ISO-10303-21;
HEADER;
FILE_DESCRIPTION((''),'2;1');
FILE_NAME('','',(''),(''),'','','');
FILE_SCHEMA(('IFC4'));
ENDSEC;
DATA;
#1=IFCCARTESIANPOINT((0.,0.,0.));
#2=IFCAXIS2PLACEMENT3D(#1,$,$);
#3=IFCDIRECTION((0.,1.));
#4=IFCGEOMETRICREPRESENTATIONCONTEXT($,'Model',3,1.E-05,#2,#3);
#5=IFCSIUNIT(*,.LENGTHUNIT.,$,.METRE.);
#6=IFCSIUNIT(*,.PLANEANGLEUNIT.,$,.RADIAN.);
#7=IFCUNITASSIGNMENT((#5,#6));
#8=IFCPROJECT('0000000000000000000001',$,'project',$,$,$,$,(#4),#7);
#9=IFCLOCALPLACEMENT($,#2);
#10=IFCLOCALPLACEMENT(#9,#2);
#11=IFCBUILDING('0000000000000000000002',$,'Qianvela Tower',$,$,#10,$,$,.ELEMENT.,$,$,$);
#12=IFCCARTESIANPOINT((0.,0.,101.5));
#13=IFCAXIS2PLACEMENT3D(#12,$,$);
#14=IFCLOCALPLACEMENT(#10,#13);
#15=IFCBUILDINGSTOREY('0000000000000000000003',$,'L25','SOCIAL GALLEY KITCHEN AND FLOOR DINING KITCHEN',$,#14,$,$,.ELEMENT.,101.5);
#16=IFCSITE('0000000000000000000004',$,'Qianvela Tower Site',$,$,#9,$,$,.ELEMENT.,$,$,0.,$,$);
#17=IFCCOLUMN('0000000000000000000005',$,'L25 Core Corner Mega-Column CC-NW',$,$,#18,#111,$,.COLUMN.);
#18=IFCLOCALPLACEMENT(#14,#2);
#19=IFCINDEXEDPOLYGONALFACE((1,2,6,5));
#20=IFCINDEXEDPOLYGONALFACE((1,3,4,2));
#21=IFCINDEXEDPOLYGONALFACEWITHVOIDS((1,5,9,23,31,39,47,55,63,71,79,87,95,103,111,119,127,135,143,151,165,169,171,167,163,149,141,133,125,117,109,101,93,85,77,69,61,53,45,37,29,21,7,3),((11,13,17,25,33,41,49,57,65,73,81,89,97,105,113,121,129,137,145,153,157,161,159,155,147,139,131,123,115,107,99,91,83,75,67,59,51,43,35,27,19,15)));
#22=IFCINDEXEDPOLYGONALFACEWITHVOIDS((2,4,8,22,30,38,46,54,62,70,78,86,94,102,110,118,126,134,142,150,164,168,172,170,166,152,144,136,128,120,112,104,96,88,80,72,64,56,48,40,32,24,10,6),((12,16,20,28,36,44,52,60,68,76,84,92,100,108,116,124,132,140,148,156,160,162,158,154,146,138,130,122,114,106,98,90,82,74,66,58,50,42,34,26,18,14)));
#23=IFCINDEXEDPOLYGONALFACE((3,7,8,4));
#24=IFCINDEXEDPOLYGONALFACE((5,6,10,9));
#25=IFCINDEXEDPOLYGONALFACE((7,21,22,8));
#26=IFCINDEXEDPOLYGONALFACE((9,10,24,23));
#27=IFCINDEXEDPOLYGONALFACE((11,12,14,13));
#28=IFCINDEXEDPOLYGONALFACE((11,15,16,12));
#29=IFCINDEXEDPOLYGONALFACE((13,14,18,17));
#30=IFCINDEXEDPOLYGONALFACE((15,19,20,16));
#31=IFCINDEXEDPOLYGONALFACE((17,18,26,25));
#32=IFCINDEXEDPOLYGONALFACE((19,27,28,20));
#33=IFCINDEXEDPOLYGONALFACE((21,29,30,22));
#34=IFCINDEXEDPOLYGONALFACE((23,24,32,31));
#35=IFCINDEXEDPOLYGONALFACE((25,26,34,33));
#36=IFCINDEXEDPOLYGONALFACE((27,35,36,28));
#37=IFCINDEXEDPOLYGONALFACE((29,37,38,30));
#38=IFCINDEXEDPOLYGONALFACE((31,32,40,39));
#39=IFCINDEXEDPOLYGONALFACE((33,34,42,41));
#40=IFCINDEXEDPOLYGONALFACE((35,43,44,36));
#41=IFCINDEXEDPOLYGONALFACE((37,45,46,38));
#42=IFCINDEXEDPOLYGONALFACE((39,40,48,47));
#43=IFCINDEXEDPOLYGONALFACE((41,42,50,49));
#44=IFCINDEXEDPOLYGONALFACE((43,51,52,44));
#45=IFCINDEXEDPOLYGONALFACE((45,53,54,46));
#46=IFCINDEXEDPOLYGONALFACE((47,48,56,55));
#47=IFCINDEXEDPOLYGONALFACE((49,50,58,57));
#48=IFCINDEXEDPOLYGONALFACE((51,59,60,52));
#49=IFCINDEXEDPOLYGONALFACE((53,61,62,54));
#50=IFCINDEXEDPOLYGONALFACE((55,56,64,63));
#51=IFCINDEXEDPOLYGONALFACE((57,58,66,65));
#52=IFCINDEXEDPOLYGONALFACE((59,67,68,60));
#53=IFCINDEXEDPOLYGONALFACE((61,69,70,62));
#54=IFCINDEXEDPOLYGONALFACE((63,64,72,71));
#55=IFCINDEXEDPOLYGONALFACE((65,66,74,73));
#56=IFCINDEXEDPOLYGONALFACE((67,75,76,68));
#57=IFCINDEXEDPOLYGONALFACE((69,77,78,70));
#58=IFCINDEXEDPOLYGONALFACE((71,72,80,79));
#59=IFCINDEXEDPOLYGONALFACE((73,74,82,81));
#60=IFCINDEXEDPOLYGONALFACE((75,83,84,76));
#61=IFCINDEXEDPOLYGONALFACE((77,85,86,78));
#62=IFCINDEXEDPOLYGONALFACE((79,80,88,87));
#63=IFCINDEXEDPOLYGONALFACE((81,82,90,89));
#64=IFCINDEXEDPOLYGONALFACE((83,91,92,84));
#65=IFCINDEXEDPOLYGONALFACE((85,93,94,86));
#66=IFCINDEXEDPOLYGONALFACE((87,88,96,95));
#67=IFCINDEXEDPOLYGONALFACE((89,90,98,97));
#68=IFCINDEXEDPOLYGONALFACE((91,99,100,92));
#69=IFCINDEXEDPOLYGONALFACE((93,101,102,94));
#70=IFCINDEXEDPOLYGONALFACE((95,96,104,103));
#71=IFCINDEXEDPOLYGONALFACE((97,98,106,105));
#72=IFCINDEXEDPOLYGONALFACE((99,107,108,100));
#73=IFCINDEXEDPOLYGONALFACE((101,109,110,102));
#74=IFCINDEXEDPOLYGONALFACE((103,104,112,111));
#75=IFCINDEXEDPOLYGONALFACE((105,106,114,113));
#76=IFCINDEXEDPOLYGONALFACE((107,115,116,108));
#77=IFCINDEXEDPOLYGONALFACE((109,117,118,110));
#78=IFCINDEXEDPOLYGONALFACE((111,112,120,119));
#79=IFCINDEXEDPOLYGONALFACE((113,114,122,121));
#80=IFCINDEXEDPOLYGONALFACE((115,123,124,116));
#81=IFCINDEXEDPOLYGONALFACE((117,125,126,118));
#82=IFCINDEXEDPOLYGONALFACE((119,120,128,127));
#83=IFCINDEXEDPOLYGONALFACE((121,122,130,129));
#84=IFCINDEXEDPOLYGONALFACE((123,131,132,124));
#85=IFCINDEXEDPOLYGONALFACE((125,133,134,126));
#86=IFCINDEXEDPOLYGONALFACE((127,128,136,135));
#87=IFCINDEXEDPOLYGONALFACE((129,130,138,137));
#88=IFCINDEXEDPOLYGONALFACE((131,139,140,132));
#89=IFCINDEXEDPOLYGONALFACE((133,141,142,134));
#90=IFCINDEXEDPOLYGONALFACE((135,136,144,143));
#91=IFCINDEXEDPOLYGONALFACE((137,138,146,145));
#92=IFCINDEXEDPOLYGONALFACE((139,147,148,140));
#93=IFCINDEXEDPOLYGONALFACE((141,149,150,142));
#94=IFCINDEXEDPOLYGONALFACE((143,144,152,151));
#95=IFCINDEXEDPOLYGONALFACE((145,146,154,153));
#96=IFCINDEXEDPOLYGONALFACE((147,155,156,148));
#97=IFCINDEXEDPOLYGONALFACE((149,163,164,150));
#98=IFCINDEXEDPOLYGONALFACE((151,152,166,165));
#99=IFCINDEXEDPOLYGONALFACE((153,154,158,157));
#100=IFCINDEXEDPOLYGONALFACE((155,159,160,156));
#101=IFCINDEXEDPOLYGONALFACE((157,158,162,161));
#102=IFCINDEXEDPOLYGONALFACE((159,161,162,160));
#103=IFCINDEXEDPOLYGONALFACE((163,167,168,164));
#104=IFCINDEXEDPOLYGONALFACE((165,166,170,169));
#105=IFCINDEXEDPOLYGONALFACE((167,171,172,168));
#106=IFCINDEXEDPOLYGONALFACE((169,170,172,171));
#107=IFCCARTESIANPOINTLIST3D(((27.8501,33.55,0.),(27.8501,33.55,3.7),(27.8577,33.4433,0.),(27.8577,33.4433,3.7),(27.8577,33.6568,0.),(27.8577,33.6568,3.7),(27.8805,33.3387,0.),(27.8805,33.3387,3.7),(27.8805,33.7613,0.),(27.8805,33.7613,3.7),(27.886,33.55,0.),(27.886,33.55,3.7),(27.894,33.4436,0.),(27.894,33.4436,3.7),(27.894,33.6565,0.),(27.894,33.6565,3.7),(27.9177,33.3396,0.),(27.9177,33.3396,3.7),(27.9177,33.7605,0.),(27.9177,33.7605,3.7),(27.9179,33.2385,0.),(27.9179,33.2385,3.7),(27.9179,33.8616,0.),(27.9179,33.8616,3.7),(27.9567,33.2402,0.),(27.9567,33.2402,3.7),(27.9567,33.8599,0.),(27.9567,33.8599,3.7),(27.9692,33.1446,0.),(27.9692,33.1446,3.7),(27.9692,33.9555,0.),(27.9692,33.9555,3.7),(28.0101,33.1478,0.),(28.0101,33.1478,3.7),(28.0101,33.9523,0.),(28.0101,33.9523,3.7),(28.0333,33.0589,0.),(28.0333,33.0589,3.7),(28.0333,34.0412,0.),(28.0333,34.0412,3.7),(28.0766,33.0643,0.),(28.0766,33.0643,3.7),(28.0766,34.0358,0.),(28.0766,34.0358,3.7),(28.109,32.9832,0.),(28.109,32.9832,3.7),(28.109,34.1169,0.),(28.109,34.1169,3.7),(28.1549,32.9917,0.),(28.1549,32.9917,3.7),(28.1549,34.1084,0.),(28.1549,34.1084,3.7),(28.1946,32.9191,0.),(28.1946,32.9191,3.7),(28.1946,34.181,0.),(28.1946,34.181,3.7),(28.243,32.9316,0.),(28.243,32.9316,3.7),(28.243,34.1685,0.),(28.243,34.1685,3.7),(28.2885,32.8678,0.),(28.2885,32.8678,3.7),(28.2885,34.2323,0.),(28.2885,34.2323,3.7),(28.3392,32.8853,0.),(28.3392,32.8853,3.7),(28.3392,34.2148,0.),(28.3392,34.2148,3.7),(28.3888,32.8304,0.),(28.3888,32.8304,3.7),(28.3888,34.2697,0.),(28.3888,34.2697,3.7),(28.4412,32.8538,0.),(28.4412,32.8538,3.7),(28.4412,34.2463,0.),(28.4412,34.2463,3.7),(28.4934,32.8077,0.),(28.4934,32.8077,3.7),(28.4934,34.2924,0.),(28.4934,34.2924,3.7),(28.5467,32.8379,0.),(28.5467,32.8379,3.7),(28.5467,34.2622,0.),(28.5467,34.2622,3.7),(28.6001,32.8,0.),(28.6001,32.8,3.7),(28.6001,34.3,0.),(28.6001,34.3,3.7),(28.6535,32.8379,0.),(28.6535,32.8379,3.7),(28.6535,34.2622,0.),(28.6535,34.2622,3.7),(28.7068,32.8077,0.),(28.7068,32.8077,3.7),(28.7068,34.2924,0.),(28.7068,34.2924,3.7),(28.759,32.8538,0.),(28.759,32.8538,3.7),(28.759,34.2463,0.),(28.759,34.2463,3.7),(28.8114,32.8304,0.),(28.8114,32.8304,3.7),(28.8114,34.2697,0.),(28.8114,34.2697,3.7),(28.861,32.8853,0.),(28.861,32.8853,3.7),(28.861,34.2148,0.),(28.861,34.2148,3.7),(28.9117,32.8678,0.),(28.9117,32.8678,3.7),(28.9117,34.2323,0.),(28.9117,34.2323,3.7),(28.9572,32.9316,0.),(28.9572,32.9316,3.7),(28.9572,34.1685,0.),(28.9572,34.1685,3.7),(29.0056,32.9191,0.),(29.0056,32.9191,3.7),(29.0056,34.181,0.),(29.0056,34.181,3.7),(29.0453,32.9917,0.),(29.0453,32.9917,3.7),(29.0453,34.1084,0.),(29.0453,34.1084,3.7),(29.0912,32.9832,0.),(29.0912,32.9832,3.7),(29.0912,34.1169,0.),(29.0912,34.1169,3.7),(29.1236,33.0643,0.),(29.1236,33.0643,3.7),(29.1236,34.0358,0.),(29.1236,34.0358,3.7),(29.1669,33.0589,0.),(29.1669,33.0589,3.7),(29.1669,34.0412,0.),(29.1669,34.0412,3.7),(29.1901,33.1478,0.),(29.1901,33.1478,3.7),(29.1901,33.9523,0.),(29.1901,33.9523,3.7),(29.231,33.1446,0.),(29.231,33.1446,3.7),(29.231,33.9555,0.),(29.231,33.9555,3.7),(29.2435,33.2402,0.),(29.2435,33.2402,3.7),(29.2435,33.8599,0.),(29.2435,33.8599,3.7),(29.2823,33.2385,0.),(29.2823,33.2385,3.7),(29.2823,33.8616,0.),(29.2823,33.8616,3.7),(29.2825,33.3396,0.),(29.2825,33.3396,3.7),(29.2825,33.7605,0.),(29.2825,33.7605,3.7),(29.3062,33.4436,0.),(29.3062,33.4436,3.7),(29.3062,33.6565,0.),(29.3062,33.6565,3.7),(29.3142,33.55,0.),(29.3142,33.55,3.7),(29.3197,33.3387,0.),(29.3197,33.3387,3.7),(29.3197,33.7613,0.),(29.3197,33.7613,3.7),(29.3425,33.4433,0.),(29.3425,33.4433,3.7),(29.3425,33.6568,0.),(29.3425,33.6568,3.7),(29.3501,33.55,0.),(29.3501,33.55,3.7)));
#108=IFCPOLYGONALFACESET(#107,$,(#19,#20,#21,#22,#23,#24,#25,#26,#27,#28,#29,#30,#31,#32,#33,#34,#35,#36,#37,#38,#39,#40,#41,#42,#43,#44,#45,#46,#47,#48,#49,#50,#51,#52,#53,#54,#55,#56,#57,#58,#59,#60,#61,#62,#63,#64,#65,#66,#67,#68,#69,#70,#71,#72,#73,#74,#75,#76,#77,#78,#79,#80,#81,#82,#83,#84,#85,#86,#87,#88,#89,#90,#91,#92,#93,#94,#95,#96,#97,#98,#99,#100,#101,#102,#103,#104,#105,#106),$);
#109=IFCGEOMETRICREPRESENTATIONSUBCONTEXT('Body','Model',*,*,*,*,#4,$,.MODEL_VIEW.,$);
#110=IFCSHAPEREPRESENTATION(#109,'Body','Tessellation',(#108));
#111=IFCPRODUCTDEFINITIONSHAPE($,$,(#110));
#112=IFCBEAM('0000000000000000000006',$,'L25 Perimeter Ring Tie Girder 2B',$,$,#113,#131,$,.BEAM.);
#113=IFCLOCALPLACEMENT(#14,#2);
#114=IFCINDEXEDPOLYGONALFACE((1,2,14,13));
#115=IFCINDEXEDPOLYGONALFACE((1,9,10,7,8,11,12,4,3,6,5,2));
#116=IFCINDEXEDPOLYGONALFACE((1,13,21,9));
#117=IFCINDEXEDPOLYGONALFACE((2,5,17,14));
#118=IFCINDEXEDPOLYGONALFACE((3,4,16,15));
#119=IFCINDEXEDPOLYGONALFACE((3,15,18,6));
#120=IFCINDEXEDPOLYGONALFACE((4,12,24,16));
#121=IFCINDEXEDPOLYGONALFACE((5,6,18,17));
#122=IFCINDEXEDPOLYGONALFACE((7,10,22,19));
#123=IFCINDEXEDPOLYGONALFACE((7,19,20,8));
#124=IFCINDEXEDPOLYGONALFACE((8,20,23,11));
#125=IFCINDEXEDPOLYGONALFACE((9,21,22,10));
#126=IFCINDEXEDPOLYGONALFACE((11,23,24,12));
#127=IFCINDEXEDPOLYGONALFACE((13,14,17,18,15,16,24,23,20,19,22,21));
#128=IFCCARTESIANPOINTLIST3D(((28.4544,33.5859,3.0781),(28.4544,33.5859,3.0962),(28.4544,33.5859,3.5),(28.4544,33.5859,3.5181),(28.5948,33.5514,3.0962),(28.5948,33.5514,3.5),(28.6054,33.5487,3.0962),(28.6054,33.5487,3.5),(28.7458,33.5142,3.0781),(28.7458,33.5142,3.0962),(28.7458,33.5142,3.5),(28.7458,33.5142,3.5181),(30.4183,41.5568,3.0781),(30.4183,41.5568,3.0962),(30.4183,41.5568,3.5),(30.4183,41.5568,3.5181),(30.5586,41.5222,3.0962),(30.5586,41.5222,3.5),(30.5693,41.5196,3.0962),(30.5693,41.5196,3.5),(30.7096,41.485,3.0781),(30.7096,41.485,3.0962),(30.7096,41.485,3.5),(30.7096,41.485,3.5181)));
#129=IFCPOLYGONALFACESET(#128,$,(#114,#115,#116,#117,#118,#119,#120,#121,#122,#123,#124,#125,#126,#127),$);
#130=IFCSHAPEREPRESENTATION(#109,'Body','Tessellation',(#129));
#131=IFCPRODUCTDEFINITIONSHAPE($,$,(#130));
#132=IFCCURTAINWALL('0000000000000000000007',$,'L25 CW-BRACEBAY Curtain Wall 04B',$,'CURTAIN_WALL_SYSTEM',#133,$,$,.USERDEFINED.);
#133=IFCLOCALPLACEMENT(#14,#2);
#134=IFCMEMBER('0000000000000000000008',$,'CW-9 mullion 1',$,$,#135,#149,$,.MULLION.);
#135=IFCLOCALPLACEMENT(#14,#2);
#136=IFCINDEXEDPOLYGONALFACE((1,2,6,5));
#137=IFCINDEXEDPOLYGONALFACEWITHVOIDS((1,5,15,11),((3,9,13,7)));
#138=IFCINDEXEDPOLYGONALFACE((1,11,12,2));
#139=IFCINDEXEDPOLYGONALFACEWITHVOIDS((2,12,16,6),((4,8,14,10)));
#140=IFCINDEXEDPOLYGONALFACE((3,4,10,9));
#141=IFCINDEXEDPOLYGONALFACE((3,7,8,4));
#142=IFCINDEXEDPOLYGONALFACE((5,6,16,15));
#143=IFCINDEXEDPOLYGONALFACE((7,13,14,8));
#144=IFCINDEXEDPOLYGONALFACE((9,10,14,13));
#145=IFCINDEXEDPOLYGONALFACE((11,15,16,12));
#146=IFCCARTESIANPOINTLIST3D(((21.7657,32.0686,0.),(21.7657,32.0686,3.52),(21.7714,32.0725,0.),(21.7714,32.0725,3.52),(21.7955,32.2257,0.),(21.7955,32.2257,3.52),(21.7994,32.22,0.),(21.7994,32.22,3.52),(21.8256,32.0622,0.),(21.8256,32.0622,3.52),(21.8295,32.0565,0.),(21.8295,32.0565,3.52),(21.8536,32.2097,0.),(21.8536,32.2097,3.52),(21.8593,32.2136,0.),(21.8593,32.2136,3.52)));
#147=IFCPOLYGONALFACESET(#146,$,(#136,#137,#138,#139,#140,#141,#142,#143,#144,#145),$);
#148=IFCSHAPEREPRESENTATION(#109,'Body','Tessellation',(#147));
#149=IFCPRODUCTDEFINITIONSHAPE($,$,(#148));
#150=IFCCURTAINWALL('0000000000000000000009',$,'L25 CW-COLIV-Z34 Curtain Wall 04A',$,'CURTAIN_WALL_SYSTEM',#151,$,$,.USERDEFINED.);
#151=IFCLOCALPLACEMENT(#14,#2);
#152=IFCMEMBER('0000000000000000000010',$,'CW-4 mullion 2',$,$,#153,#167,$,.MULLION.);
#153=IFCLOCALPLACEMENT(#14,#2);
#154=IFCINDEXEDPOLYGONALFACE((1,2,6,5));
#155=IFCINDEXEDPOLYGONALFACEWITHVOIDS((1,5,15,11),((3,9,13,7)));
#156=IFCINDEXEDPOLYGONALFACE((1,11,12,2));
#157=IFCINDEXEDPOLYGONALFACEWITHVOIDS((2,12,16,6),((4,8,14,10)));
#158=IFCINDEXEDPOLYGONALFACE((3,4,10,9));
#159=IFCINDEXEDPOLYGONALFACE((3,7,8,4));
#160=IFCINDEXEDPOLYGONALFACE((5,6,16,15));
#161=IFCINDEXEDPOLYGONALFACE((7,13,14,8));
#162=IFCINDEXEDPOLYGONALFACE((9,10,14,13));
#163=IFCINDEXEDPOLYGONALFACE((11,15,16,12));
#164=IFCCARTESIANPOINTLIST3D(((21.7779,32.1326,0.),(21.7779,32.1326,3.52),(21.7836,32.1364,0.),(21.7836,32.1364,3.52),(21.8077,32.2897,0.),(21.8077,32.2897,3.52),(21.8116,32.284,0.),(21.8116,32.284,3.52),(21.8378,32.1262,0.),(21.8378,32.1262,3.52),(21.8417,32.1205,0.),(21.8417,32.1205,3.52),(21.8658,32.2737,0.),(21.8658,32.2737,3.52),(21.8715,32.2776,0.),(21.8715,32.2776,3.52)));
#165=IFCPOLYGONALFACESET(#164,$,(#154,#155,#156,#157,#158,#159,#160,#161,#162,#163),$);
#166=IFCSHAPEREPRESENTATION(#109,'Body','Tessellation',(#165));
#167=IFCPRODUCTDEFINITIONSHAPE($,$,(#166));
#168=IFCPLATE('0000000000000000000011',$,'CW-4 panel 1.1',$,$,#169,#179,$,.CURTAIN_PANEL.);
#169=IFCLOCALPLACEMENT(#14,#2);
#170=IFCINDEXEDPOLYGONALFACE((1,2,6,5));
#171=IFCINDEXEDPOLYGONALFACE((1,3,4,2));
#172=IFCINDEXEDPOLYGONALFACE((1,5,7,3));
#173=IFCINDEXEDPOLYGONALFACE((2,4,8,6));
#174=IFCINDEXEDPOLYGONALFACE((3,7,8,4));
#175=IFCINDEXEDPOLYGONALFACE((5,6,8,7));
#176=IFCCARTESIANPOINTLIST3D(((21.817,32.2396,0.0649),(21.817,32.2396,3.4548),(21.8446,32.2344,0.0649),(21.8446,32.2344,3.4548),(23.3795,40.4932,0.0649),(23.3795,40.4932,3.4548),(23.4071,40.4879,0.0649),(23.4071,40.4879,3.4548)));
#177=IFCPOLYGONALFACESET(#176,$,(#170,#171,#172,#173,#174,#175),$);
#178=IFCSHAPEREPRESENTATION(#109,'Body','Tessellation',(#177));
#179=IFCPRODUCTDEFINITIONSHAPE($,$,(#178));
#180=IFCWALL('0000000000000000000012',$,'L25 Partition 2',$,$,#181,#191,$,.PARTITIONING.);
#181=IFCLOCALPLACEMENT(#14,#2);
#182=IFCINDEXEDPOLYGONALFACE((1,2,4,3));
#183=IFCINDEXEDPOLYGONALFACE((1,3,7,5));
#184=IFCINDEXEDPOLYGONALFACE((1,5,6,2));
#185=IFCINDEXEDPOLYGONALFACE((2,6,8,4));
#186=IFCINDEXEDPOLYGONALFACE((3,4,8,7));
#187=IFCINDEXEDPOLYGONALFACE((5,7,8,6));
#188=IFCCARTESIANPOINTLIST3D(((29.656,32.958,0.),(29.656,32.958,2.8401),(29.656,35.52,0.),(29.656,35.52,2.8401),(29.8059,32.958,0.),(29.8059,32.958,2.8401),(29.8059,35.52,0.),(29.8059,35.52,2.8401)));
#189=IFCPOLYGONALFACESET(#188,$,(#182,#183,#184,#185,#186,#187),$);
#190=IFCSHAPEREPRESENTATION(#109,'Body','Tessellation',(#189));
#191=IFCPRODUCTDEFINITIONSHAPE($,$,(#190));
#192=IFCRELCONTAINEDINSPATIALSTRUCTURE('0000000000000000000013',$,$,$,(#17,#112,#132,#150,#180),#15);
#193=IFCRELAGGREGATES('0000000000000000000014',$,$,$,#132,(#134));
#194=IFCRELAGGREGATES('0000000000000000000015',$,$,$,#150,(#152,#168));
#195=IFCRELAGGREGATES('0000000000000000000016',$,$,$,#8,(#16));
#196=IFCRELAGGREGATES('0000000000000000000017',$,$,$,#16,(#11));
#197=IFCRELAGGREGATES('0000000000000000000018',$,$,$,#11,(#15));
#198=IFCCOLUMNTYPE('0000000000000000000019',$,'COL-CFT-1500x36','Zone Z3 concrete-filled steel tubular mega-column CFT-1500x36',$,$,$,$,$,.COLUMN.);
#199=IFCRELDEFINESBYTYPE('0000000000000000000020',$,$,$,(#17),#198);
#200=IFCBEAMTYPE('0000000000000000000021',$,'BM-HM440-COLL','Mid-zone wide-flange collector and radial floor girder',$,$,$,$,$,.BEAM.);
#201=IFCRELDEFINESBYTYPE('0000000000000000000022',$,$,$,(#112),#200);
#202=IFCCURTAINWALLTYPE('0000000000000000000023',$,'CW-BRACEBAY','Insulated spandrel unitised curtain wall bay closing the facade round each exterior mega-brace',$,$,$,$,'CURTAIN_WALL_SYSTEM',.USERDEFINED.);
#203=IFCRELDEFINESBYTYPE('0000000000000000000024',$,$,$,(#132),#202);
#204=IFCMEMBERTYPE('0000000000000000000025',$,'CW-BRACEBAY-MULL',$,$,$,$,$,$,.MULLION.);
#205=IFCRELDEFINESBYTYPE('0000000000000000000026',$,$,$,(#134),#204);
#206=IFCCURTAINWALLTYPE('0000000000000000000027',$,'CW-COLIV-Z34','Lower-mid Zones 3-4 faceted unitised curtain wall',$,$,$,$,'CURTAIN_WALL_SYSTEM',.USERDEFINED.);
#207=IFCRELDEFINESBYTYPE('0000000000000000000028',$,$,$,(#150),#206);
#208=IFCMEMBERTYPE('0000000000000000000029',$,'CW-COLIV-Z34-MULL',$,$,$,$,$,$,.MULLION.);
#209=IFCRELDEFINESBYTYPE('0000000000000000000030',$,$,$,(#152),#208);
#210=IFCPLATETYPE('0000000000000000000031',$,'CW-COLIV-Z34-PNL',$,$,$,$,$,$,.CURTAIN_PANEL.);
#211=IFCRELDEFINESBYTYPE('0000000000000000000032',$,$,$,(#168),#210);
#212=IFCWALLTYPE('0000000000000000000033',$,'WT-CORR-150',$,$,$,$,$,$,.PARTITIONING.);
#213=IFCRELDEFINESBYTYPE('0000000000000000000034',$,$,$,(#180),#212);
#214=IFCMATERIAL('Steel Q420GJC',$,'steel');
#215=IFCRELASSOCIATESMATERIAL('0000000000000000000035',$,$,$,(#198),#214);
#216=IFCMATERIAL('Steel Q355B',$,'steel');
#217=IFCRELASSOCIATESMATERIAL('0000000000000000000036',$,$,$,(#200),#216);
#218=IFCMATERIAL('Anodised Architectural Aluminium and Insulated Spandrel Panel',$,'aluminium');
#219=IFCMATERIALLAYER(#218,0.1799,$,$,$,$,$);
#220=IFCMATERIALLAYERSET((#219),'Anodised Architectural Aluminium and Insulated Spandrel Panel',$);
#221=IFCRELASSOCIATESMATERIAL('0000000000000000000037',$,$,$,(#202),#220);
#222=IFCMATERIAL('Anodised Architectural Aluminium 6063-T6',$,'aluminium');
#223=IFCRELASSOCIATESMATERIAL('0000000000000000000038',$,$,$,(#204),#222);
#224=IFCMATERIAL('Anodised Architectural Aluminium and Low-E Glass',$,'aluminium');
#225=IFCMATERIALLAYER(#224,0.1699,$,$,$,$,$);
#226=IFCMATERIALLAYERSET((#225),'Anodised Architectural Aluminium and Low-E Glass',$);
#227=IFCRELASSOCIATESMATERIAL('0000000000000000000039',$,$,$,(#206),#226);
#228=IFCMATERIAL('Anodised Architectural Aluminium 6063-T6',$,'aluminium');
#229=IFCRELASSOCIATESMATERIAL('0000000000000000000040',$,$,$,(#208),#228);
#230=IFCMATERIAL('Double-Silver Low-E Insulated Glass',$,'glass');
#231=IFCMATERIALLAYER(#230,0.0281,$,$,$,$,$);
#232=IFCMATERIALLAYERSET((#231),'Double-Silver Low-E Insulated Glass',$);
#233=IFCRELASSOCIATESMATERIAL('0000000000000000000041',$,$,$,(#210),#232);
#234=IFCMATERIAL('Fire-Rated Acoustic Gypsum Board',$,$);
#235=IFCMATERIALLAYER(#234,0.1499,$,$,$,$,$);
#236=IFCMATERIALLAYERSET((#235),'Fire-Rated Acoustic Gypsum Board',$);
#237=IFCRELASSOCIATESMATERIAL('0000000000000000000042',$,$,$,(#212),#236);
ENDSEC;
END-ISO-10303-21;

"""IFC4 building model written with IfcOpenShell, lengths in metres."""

from ifc_helpers import new_model, si_unit, direction, frame, frame_2d, origin, origin_2d, place, context, subcontext, project, spatial, rectangle, hollow_rectangle, hollow_circle, i_section, extrude, material, layer, layer_set, material_profile, profile_set, type_object, element, aggregate, save


model = new_model("IFC4")

# Units and contexts
model_context = context("Model", 3, precision=1e-05, world=origin(), true_north=direction((0.0, 1.0)))
body_context = subcontext(model_context, "Body", "Model", "MODEL_VIEW")
ifc_project = project(units=[si_unit("LENGTHUNIT", "METRE"), si_unit("PLANEANGLEUNIT", "RADIAN")], contexts=[model_context])

# Site, building, storey
site_placement = place(None, origin())
site = spatial("IfcSite", under=ifc_project, at=site_placement, Name="Qianvela Tower Site", CompositionType="ELEMENT", RefElevation=0.0)
building_placement = place(site_placement, origin())
building = spatial("IfcBuilding", under=site, at=building_placement, Name="Qianvela Tower", CompositionType="ELEMENT")
storey_placement = place(building_placement, frame((0.0, 0.0, 101.5)))
storey = spatial("IfcBuildingStorey", under=building, at=storey_placement, Name="L25", Description="SOCIAL GALLEY KITCHEN AND FLOOR DINING KITCHEN", CompositionType="ELEMENT", Elevation=101.5)

# Column
ifc_material_1 = material(Name="Steel Q420GJC", Category="steel")
ifc_material_profile_1 = material_profile(ifc_material_1, hollow_circle(Radius=0.75, WallThickness=0.0359, at=origin_2d()), Name="CFT-1500x36")
ifc_profile_set_1 = profile_set([ifc_material_profile_1], Name="Steel Q420GJC")
column_type = type_object("IfcColumnType", Name="COL-CFT-1500x36", Description="Zone Z3 concrete-filled steel tubular mega-column CFT-1500x36", PredefinedType="COLUMN", material=ifc_profile_set_1)
column_placement = place(storey_placement, frame((28.6001, 33.55, 0.0), z_axis=(0.0, 0.0, 1.0), x_axis=(1.0, 0.0, 0.0)))
element("IfcColumn", 1, at=column_placement, inside=storey, type_object=column_type, Name="L25 Core Corner Mega-Column CC-NW", PredefinedType="COLUMN", context=body_context, shape_type="SweptSolid", body=[
    extrude(hollow_circle(Radius=0.75, WallThickness=0.0359, at=origin_2d()), origin(), (0.0, 0.0, 1.0), 3.7),
])

# Beam
ifc_material_2 = material(Name="Steel Q355B", Category="steel")
ifc_material_profile_2 = material_profile(ifc_material_2, i_section(OverallWidth=0.3, OverallDepth=0.4399, WebThickness=0.011, FlangeThickness=0.0181, at=origin_2d()), Name="HM440x300x11x18")
ifc_profile_set_2 = profile_set([ifc_material_profile_2], Name="Steel Q355B")
beam_type = type_object("IfcBeamType", Name="BM-HM440-COLL", Description="Mid-zone wide-flange collector and radial floor girder", PredefinedType="BEAM", material=ifc_profile_set_2)
beam_placement = place(storey_placement, frame((28.6001, 33.55, 3.2981), z_axis=(0.239224, 0.970964, 0.0), x_axis=(-0.970964, 0.239224, 0.0)))
element("IfcBeam", 2, at=beam_placement, inside=storey, type_object=beam_type, Name="L25 Perimeter Ring Tie Girder 2B", PredefinedType="BEAM", context=body_context, shape_type="SweptSolid", body=[
    extrude(i_section(OverallWidth=0.3, OverallDepth=0.4399, WebThickness=0.011, FlangeThickness=0.0181, at=origin_2d()), origin(), (0.0, 0.0, 1.0), 8.2092),
])

# Curtain wall, member
ifc_material_3 = material(Name="Anodised Architectural Aluminium and Insulated Spandrel Panel", Category="aluminium")
ifc_layer_1 = layer(ifc_material_3, 0.1799)
ifc_layer_set_1 = layer_set([ifc_layer_1], Name="Anodised Architectural Aluminium and Insulated Spandrel Panel")
curtain_wall_type_1 = type_object("IfcCurtainWallType", Name="CW-BRACEBAY", Description="Insulated spandrel unitised curtain wall bay closing the facade round each exterior mega-brace", ElementType="CURTAIN_WALL_SYSTEM", PredefinedType="USERDEFINED", material=ifc_layer_set_1)
curtain_wall_1_placement = place(storey_placement, origin())
curtain_wall_1 = element("IfcCurtainWall", 3, at=curtain_wall_1_placement, inside=storey, type_object=curtain_wall_type_1, Name="L25 CW-BRACEBAY Curtain Wall 04B", ObjectType="CURTAIN_WALL_SYSTEM", PredefinedType="USERDEFINED")
ifc_material_4 = material(Name="Anodised Architectural Aluminium 6063-T6", Category="aluminium")
ifc_material_profile_3 = material_profile(ifc_material_4, hollow_rectangle(XDim=0.0649, YDim=0.1599, WallThickness=0.0049, at=origin_2d()), Name="ALU-MULL-65x160")
ifc_profile_set_3 = profile_set([ifc_material_profile_3], Name="Anodised Architectural Aluminium 6063-T6")
member_type_1 = type_object("IfcMemberType", Name="CW-BRACEBAY-MULL", PredefinedType="MULLION", material=ifc_profile_set_3)
member_1_placement = place(storey_placement, frame((21.8125, 32.1411, 0.0), z_axis=(0.0, 0.0, 1.0), x_axis=(0.982548, -0.186012, 0.0)))
member_1 = element("IfcMember", 4, at=member_1_placement, type_object=member_type_1, Name="CW-9 mullion 1", PredefinedType="MULLION", context=body_context, shape_type="SweptSolid", body=[
    extrude(hollow_rectangle(XDim=0.0649, YDim=0.1599, WallThickness=0.0049, at=origin_2d()), origin(), (0.0, 0.0, 1.0), 3.52),
])
aggregate(curtain_wall_1, [member_1])

# Curtain wall, member, plate
ifc_material_5 = material(Name="Anodised Architectural Aluminium and Low-E Glass", Category="aluminium")
ifc_layer_2 = layer(ifc_material_5, 0.1699)
ifc_layer_set_2 = layer_set([ifc_layer_2], Name="Anodised Architectural Aluminium and Low-E Glass")
curtain_wall_type_2 = type_object("IfcCurtainWallType", Name="CW-COLIV-Z34", Description="Lower-mid Zones 3-4 faceted unitised curtain wall", ElementType="CURTAIN_WALL_SYSTEM", PredefinedType="USERDEFINED", material=ifc_layer_set_2)
curtain_wall_2_placement = place(storey_placement, origin())
curtain_wall_2 = element("IfcCurtainWall", 5, at=curtain_wall_2_placement, inside=storey, type_object=curtain_wall_type_2, Name="L25 CW-COLIV-Z34 Curtain Wall 04A", ObjectType="CURTAIN_WALL_SYSTEM", PredefinedType="USERDEFINED")
ifc_material_6 = material(Name="Anodised Architectural Aluminium 6063-T6", Category="aluminium")
ifc_material_profile_4 = material_profile(ifc_material_6, hollow_rectangle(XDim=0.0649, YDim=0.1599, WallThickness=0.0049, at=origin_2d()), Name="ALU-MULL-65x160")
ifc_profile_set_4 = profile_set([ifc_material_profile_4], Name="Anodised Architectural Aluminium 6063-T6")
member_type_2 = type_object("IfcMemberType", Name="CW-COLIV-Z34-MULL", PredefinedType="MULLION", material=ifc_profile_set_4)
member_2_placement = place(storey_placement, frame((21.8247, 32.2051, 0.0), z_axis=(0.0, 0.0, 1.0), x_axis=(0.982547, -0.186012, 0.0)))
member_2 = element("IfcMember", 6, at=member_2_placement, type_object=member_type_2, Name="CW-4 mullion 2", PredefinedType="MULLION", context=body_context, shape_type="SweptSolid", body=[
    extrude(hollow_rectangle(XDim=0.0649, YDim=0.1599, WallThickness=0.0049, at=origin_2d()), origin(), (0.0, 0.0, 1.0), 3.52),
])
ifc_material_7 = material(Name="Double-Silver Low-E Insulated Glass", Category="glass")
ifc_layer_3 = layer(ifc_material_7, 0.0281)
ifc_layer_set_3 = layer_set([ifc_layer_3], Name="Double-Silver Low-E Insulated Glass")
plate_type = type_object("IfcPlateType", Name="CW-COLIV-Z34-PNL", PredefinedType="CURTAIN_PANEL", material=ifc_layer_set_3)
plate_placement = place(storey_placement, frame((22.6121, 36.3638, 0.0649), z_axis=(0.0, 0.0, 1.0), x_axis=(-0.186012, -0.982547, 0.0)))
plate = element("IfcPlate", 7, at=plate_placement, type_object=plate_type, Name="CW-4 panel 1.1", PredefinedType="CURTAIN_PANEL", context=body_context, shape_type="SweptSolid", body=[
    extrude(rectangle(XDim=8.4001, YDim=0.0281, at=origin_2d()), origin(), (0.0, 0.0, 1.0), 3.3899),
])
aggregate(curtain_wall_2, [member_2, plate])

# Wall
ifc_material_8 = material(Name="Fire-Rated Acoustic Gypsum Board")
ifc_layer_4 = layer(ifc_material_8, 0.1499)
ifc_layer_set_4 = layer_set([ifc_layer_4], Name="Fire-Rated Acoustic Gypsum Board")
wall_type_1 = type_object("IfcWallType", Name="WT-CORR-150", PredefinedType="PARTITIONING", material=ifc_layer_set_4)
wall_1_placement = place(storey_placement, frame((29.731, 32.958, 0.0), z_axis=(0.0, 0.0, 1.0), x_axis=(0.0, 1.0, 0.0)))
element("IfcWall", 8, at=wall_1_placement, inside=storey, type_object=wall_type_1, Name="L25 Partition 2", PredefinedType="PARTITIONING", context=body_context, shape_type="SweptSolid", body=[
    extrude(rectangle(XDim=2.562, YDim=0.1499, at=frame_2d((1.281, 0.0))), origin(), (0.0, 0.0, 1.0), 2.8401),
])

save(model, "model.ifc")
